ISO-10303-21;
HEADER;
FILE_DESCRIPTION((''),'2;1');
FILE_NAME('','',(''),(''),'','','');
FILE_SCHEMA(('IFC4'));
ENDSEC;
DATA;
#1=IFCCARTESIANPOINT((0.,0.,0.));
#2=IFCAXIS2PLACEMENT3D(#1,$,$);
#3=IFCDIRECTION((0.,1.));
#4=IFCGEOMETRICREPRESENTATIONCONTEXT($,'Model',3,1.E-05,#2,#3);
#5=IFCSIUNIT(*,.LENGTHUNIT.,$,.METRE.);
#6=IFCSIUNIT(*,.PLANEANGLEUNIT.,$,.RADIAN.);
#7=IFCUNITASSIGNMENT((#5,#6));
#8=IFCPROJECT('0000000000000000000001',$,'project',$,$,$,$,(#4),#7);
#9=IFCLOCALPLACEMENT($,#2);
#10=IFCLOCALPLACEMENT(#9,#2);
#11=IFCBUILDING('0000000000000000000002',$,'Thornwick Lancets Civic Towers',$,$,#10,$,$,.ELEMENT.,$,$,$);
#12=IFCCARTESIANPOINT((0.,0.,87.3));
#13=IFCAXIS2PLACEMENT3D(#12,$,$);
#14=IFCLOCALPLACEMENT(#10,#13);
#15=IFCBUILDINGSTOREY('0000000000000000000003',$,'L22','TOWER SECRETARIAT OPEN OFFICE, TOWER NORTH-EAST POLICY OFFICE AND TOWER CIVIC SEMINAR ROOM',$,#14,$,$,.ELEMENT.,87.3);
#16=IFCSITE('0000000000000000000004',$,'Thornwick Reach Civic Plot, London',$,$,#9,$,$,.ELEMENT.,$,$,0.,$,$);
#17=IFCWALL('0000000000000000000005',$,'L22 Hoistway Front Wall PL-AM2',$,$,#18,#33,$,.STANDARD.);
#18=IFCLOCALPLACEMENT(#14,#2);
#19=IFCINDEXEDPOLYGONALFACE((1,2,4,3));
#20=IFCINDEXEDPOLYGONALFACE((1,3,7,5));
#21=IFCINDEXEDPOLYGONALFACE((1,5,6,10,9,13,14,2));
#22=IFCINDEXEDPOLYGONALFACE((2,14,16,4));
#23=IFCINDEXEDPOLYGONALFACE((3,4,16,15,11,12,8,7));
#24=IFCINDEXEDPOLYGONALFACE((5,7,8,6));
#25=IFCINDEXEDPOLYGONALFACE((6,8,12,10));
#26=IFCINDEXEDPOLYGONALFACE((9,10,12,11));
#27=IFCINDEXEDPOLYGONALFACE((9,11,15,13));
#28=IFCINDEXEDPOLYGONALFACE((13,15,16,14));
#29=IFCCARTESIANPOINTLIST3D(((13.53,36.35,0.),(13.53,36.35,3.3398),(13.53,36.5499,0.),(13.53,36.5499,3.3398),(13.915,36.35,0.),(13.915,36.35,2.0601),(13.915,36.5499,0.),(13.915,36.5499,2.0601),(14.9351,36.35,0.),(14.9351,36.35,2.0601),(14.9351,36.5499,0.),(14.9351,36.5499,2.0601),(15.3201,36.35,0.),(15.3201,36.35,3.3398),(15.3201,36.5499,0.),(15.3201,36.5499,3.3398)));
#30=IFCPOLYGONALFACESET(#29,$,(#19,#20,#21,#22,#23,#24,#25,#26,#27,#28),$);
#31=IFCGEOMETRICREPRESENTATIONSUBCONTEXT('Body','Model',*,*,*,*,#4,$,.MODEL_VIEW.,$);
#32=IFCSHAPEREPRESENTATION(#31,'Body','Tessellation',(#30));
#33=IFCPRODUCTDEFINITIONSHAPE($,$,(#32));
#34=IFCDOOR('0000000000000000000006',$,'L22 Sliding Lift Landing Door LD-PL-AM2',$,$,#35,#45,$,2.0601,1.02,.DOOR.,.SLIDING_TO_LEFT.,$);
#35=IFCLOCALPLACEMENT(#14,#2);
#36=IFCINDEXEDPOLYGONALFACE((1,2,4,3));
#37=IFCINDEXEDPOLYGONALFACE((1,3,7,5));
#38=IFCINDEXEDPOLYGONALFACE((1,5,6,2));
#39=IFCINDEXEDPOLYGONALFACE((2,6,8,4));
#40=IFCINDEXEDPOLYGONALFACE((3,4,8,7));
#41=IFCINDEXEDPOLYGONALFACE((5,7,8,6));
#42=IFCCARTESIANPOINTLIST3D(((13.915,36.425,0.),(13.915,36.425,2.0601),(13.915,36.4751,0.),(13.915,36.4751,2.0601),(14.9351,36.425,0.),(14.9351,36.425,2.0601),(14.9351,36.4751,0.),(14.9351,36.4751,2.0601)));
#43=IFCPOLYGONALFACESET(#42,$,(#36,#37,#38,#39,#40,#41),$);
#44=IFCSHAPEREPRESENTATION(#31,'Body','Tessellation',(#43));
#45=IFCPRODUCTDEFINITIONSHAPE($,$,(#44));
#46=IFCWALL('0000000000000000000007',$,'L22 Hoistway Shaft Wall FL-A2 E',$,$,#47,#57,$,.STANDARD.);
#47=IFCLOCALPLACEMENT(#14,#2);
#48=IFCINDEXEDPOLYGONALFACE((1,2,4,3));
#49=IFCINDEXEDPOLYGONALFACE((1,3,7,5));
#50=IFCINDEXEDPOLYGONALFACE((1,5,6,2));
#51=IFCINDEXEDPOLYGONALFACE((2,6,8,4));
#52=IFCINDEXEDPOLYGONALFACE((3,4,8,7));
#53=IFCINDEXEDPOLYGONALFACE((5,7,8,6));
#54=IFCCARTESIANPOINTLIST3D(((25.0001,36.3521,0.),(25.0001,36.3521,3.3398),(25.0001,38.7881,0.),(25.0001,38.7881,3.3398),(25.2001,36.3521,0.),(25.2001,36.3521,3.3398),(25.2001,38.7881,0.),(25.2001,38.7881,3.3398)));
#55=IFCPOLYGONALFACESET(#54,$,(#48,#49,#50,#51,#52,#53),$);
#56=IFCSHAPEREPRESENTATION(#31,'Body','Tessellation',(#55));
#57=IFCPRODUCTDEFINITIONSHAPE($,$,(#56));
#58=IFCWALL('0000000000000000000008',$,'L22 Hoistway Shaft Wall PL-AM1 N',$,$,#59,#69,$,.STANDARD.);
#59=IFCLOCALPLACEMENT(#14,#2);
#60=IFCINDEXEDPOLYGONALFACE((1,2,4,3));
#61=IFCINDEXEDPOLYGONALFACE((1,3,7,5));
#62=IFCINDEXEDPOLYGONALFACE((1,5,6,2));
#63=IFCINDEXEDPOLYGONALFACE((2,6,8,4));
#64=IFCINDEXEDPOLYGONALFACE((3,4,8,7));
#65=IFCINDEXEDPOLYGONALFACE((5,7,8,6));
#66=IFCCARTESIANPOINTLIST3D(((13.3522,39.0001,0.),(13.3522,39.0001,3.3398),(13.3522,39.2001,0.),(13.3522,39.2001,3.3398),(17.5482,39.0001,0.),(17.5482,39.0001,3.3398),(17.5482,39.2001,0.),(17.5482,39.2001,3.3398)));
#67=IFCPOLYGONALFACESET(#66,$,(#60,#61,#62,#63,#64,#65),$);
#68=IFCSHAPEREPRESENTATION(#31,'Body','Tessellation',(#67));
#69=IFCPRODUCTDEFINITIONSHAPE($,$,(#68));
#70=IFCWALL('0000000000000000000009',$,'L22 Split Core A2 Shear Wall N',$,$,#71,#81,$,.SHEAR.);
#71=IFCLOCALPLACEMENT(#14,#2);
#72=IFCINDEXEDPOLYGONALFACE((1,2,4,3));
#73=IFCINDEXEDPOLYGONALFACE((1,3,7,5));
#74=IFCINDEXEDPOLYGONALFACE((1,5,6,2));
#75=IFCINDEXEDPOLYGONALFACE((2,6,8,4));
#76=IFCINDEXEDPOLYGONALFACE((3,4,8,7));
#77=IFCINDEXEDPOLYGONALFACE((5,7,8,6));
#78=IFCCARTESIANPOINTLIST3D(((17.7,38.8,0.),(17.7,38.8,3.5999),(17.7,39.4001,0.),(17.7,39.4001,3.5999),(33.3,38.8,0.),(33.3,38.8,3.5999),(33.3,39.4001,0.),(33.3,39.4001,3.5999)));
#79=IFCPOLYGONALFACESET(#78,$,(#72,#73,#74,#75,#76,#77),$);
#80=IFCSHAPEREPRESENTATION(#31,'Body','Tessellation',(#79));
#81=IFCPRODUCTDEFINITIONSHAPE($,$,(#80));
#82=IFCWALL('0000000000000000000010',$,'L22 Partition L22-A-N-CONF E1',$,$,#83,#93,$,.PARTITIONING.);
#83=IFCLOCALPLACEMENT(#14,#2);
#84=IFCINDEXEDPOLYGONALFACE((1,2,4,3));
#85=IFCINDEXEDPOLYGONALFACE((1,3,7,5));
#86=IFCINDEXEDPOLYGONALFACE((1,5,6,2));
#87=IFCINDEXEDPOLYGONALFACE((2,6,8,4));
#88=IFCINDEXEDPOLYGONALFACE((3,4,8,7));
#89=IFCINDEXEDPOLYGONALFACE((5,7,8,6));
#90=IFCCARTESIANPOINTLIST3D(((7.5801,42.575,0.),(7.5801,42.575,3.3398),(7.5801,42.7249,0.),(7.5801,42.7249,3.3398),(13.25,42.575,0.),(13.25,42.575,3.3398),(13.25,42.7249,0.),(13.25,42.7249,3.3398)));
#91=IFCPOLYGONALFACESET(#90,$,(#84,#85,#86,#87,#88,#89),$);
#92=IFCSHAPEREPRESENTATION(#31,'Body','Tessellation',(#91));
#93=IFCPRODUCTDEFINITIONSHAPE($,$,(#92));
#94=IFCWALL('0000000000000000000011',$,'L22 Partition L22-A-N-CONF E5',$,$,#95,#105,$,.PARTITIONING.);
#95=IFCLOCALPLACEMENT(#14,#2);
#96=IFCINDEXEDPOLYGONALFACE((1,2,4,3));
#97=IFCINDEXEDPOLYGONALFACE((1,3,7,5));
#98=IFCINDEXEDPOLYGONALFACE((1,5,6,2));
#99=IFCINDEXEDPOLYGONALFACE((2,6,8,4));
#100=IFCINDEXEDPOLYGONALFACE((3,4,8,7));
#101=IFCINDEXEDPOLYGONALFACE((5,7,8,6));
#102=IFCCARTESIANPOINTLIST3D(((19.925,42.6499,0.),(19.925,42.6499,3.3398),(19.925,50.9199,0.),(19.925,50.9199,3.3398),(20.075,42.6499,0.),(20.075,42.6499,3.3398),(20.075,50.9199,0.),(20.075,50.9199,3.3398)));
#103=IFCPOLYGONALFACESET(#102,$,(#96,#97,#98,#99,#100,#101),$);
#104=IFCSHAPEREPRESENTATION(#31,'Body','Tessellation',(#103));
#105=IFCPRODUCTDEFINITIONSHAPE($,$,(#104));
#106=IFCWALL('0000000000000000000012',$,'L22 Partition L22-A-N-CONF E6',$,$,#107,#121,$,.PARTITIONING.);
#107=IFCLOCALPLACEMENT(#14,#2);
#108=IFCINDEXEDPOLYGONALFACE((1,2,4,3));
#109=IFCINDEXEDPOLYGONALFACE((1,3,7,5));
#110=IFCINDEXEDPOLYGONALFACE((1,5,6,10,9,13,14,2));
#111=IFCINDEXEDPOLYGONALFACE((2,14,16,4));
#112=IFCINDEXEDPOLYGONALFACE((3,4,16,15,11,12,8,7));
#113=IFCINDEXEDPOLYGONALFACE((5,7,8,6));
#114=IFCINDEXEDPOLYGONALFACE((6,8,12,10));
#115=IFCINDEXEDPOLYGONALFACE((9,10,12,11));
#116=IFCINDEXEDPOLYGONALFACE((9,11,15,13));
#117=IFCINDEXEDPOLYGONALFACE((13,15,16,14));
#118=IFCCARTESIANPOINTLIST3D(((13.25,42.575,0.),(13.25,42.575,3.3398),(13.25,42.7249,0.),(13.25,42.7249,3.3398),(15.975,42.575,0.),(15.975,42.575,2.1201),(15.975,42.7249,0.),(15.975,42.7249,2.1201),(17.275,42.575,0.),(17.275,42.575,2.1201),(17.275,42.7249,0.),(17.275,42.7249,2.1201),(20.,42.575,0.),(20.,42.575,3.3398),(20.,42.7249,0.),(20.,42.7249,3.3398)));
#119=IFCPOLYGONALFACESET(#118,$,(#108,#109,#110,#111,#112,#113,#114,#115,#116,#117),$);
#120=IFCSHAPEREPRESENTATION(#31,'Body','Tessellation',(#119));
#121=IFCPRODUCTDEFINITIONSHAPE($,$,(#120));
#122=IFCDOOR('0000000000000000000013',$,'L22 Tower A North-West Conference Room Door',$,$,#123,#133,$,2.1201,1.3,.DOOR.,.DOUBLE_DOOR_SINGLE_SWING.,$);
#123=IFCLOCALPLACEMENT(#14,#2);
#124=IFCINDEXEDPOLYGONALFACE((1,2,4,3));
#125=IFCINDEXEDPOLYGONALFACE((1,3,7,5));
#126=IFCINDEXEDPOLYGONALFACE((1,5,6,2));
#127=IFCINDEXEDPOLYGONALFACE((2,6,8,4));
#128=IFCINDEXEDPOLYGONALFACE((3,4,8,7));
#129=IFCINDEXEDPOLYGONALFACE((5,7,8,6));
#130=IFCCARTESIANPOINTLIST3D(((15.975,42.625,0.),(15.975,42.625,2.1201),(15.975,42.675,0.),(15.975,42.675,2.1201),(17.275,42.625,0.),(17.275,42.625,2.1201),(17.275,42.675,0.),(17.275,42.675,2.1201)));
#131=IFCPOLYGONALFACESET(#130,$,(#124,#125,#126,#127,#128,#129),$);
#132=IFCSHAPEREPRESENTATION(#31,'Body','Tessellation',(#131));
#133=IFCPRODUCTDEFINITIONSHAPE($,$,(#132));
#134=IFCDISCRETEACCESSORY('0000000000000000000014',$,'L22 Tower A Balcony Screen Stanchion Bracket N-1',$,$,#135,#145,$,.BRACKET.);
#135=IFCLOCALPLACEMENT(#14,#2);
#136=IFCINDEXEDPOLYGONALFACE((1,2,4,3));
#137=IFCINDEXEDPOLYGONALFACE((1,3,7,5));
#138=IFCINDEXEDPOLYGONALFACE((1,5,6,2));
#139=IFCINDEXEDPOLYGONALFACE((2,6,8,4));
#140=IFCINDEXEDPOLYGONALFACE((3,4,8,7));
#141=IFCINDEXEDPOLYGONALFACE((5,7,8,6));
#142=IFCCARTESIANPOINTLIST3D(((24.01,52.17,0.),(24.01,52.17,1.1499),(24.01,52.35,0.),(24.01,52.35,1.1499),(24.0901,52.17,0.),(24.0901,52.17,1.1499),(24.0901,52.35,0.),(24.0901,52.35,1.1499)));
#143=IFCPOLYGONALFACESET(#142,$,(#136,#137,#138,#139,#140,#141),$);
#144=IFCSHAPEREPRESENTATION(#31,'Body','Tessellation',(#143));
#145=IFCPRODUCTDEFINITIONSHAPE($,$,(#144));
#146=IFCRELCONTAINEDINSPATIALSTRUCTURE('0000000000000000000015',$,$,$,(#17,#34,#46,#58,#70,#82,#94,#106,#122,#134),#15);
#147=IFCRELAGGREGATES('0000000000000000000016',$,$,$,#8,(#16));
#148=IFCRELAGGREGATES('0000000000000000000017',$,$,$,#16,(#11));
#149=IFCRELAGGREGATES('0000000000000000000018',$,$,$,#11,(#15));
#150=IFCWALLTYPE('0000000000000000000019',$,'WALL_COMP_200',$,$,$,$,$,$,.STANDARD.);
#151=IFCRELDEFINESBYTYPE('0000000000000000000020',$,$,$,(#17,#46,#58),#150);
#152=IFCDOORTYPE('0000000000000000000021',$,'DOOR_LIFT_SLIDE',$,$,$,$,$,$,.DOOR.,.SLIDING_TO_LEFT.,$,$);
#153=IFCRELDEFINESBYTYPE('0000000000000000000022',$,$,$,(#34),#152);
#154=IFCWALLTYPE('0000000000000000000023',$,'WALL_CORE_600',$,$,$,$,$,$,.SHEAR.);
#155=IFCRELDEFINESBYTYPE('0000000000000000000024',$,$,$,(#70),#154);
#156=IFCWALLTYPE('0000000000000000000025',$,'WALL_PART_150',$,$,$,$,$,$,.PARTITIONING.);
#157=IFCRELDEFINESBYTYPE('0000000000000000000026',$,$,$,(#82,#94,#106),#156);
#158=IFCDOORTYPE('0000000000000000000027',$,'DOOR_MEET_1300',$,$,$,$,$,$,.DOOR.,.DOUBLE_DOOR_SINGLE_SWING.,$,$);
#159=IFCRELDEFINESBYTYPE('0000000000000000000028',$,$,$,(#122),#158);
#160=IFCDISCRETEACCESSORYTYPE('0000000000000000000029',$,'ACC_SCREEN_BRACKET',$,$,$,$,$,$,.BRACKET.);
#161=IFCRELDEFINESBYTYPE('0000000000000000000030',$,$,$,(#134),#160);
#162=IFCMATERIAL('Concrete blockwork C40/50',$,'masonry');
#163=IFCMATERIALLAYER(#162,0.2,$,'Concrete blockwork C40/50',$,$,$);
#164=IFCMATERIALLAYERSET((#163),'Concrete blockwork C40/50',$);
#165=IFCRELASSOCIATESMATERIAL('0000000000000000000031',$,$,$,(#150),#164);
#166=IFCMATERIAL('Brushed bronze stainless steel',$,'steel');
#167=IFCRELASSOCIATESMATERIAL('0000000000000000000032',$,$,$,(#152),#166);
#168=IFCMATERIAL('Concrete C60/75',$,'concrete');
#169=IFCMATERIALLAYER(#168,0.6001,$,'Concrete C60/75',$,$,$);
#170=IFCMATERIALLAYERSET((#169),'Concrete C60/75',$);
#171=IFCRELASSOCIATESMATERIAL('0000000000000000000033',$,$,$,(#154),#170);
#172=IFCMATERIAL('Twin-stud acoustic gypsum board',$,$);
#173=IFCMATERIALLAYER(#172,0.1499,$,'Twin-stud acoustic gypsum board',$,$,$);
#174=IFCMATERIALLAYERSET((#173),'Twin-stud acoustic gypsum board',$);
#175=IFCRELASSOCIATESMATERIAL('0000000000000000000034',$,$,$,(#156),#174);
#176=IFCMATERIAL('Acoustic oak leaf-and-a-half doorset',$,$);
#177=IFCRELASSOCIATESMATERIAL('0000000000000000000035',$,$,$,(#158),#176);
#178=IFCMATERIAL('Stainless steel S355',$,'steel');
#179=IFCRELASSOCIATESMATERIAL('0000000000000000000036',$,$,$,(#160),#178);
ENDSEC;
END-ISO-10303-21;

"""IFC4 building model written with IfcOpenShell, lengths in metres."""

from ifc_helpers import new_model, si_unit, direction, frame, frame_2d, origin, origin_2d, place, context, subcontext, project, spatial, rectangle, extrude, material, layer, layer_set, type_object, element, fill, save


model = new_model("IFC4")

# Units and contexts
model_context = context("Model", 3, precision=1e-05, world=origin(), true_north=direction((0.0, 1.0)))
body_context = subcontext(model_context, "Body", "Model", "MODEL_VIEW")
ifc_project = project(units=[si_unit("LENGTHUNIT", "METRE"), si_unit("PLANEANGLEUNIT", "RADIAN")], contexts=[model_context])

# Site, building, storey
site_placement = place(None, origin())
site = spatial("IfcSite", under=ifc_project, at=site_placement, Name="Thornwick Reach Civic Plot, London", CompositionType="ELEMENT", RefElevation=0.0)
building_placement = place(site_placement, origin())
building = spatial("IfcBuilding", under=site, at=building_placement, Name="Thornwick Lancets Civic Towers", CompositionType="ELEMENT")
storey_placement = place(building_placement, frame((0.0, 0.0, 87.3)))
storey = spatial("IfcBuildingStorey", under=building, at=storey_placement, Name="L22", Description="TOWER SECRETARIAT OPEN OFFICE, TOWER NORTH-EAST POLICY OFFICE AND TOWER CIVIC SEMINAR ROOM", CompositionType="ELEMENT", Elevation=87.3)

# Shared definitions
ifc_material_1 = material(Name="Concrete C60/75", Category="concrete")

# Shared definitions
ifc_material_2 = material(Name="Concrete blockwork C40/50", Category="masonry")
ifc_layer_1 = layer(ifc_material_2, 0.2, Name="Concrete blockwork C40/50")
ifc_layer_set_1 = layer_set([ifc_layer_1], Name="Concrete blockwork C40/50")
wall_type_1 = type_object("IfcWallType", Name="WALL_COMP_200", PredefinedType="STANDARD", material=ifc_layer_set_1)
ifc_material_3 = material(Name="Brushed bronze stainless steel", Category="steel")
door_type_1 = type_object("IfcDoorType", Name="DOOR_LIFT_SLIDE", OperationType="SLIDING_TO_LEFT", PredefinedType="DOOR", material=ifc_material_3)

# Wall, opening, door
wall_1_placement = place(storey_placement, frame((15.3201, 36.45, 0.0), z_axis=(0.0, 0.0, 1.0), x_axis=(-1.0, 0.0, 0.0)))
wall_1 = element("IfcWall", 1, at=wall_1_placement, inside=storey, type_object=wall_type_1, Name="L22 Hoistway Front Wall PL-AM2", PredefinedType="STANDARD", context=body_context, shape_type="SweptSolid", body=[
    extrude(rectangle(XDim=1.79, YDim=0.2, at=frame_2d((0.895, 0.0))), origin(), (0.0, 0.0, 1.0), 3.3398),
])
opening_1_placement = place(wall_1_placement, frame((0.385, 0.0, 0.0)))
opening_1 = element("IfcOpeningElement", 2, at=opening_1_placement, cuts=wall_1, PredefinedType="OPENING", context=body_context, shape_type="SweptSolid", body=[
    extrude(rectangle(XDim=1.02, YDim=2.0601, at=frame_2d((0.51, 1.03))), frame((0.0, 0.1099, 0.0), z_axis=(0.0, -1.0, 0.0), x_axis=(1.0, 0.0, 0.0)), (0.0, 0.0, 1.0), 0.22),
])
door_1_placement = place(opening_1_placement, origin())
door_1 = element("IfcDoor", 3, at=door_1_placement, inside=storey, type_object=door_type_1, Name="L22 Sliding Lift Landing Door LD-PL-AM2", OperationType="SLIDING_TO_LEFT", OverallHeight=2.0601, OverallWidth=1.02, PredefinedType="DOOR", context=body_context, shape_type="SweptSolid", body=[
    extrude(rectangle(XDim=1.02, YDim=2.0601, at=frame_2d((0.51, 1.03))), frame((0.0, 0.0249, 0.0), z_axis=(0.0, -1.0, 0.0), x_axis=(1.0, 0.0, 0.0)), (0.0, 0.0, 1.0), 0.05),
])
fill(opening_1, door_1)

# Walls
wall_2_placement = place(storey_placement, frame((25.1001, 36.3521, 0.0), z_axis=(0.0, 0.0, 1.0), x_axis=(0.0, 1.0, 0.0)))
element("IfcWall", 4, at=wall_2_placement, inside=storey, type_object=wall_type_1, Name="L22 Hoistway Shaft Wall FL-A2 E", PredefinedType="STANDARD", context=body_context, shape_type="SweptSolid", body=[
    extrude(rectangle(XDim=2.436, YDim=0.2, at=frame_2d((1.218, 0.0))), origin(), (0.0, 0.0, 1.0), 3.3398),
])
wall_3_placement = place(storey_placement, frame((13.3521, 39.1001, 0.0), z_axis=(0.0, 0.0, 1.0), x_axis=(1.0, 0.0, 0.0)))
element("IfcWall", 5, at=wall_3_placement, inside=storey, type_object=wall_type_1, Name="L22 Hoistway Shaft Wall PL-AM1 N", PredefinedType="STANDARD", context=body_context, shape_type="SweptSolid", body=[
    extrude(rectangle(XDim=4.196, YDim=0.2, at=frame_2d((2.0981, 0.0))), origin(), (0.0, 0.0, 1.0), 3.3398),
])
ifc_layer_2 = layer(ifc_material_1, 0.6001, Name="Concrete C60/75")
ifc_layer_set_2 = layer_set([ifc_layer_2], Name="Concrete C60/75")
wall_type_2 = type_object("IfcWallType", Name="WALL_CORE_600", PredefinedType="SHEAR", material=ifc_layer_set_2)
wall_4_placement = place(storey_placement, frame((17.7, 39.1001, 0.0), z_axis=(0.0, 0.0, 1.0), x_axis=(1.0, 0.0, 0.0)))
element("IfcWall", 6, at=wall_4_placement, inside=storey, type_object=wall_type_2, Name="L22 Split Core A2 Shear Wall N", PredefinedType="SHEAR", context=body_context, shape_type="SweptSolid", body=[
    extrude(rectangle(XDim=15.6001, YDim=0.6001, at=frame_2d((7.8, 0.0))), origin(), (0.0, 0.0, 1.0), 3.5999),
])
ifc_material_4 = material(Name="Twin-stud acoustic gypsum board")
ifc_layer_3 = layer(ifc_material_4, 0.1499, Name="Twin-stud acoustic gypsum board")
ifc_layer_set_3 = layer_set([ifc_layer_3], Name="Twin-stud acoustic gypsum board")
wall_type_3 = type_object("IfcWallType", Name="WALL_PART_150", PredefinedType="PARTITIONING", material=ifc_layer_set_3)
wall_5_placement = place(storey_placement, frame((13.25, 42.6499, 0.0), z_axis=(0.0, 0.0, 1.0), x_axis=(-1.0, 0.0, 0.0)))
element("IfcWall", 7, at=wall_5_placement, inside=storey, type_object=wall_type_3, Name="L22 Partition L22-A-N-CONF E1", PredefinedType="PARTITIONING", context=body_context, shape_type="SweptSolid", body=[
    extrude(rectangle(XDim=5.6699, YDim=0.1499, at=frame_2d((2.835, 0.0))), origin(), (0.0, 0.0, 1.0), 3.3398),
])
wall_6_placement = place(storey_placement, frame((20.0, 50.9199, 0.0), z_axis=(0.0, 0.0, 1.0), x_axis=(0.0, -1.0, 0.0)))
element("IfcWall", 8, at=wall_6_placement, inside=storey, type_object=wall_type_3, Name="L22 Partition L22-A-N-CONF E5", PredefinedType="PARTITIONING", context=body_context, shape_type="SweptSolid", body=[
    extrude(rectangle(XDim=8.27, YDim=0.1499, at=frame_2d((4.135, 0.0))), origin(), (0.0, 0.0, 1.0), 3.3398),
])

# Wall, opening, door
wall_7_placement = place(storey_placement, frame((20.0, 42.6499, 0.0), z_axis=(0.0, 0.0, 1.0), x_axis=(-1.0, 0.0, 0.0)))
wall_7 = element("IfcWall", 9, at=wall_7_placement, inside=storey, type_object=wall_type_3, Name="L22 Partition L22-A-N-CONF E6", PredefinedType="PARTITIONING", context=body_context, shape_type="SweptSolid", body=[
    extrude(rectangle(XDim=6.75, YDim=0.1499, at=frame_2d((3.375, 0.0))), origin(), (0.0, 0.0, 1.0), 3.3398),
])
opening_2_placement = place(wall_7_placement, frame((2.7251, 0.0, 0.0)))
opening_2 = element("IfcOpeningElement", 10, at=opening_2_placement, cuts=wall_7, PredefinedType="OPENING", context=body_context, shape_type="SweptSolid", body=[
    extrude(rectangle(XDim=1.3, YDim=2.1201, at=frame_2d((0.6499, 1.0601))), frame((0.0, 0.085, 0.0), z_axis=(0.0, -1.0, 0.0), x_axis=(1.0, 0.0, 0.0)), (0.0, 0.0, 1.0), 0.1699),
])
ifc_material_5 = material(Name="Acoustic oak leaf-and-a-half doorset")
door_type_2 = type_object("IfcDoorType", Name="DOOR_MEET_1300", OperationType="DOUBLE_DOOR_SINGLE_SWING", PredefinedType="DOOR", material=ifc_material_5)
door_2_placement = place(opening_2_placement, origin())
door_2 = element("IfcDoor", 11, at=door_2_placement, inside=storey, type_object=door_type_2, Name="L22 Tower A North-West Conference Room Door", OperationType="DOUBLE_DOOR_SINGLE_SWING", OverallHeight=2.1201, OverallWidth=1.3, PredefinedType="DOOR", context=body_context, shape_type="SweptSolid", body=[
    extrude(rectangle(XDim=1.3, YDim=2.1201, at=frame_2d((0.6499, 1.0601))), frame((0.0, 0.0249, 0.0), z_axis=(0.0, -1.0, 0.0), x_axis=(1.0, 0.0, 0.0)), (0.0, 0.0, 1.0), 0.05),
])
fill(opening_2, door_2)

# Discrete accessory
ifc_material_6 = material(Name="Stainless steel S355", Category="steel")
discrete_accessory_type = type_object("IfcDiscreteAccessoryType", Name="ACC_SCREEN_BRACKET", PredefinedType="BRACKET", material=ifc_material_6)
discrete_accessory_placement = place(storey_placement, frame((24.05, 52.26, 0.0), z_axis=(0.0, 0.0, 1.0), x_axis=(1.0, 0.0, 0.0)))
element("IfcDiscreteAccessory", 12, at=discrete_accessory_placement, inside=storey, type_object=discrete_accessory_type, Name="L22 Tower A Balcony Screen Stanchion Bracket N-1", PredefinedType="BRACKET", context=body_context, shape_type="SweptSolid", body=[
    extrude(rectangle(XDim=0.0801, YDim=0.1799, at=origin_2d()), origin(), (0.0, 0.0, 1.0), 1.1499),
])

save(model, "model.ifc")
